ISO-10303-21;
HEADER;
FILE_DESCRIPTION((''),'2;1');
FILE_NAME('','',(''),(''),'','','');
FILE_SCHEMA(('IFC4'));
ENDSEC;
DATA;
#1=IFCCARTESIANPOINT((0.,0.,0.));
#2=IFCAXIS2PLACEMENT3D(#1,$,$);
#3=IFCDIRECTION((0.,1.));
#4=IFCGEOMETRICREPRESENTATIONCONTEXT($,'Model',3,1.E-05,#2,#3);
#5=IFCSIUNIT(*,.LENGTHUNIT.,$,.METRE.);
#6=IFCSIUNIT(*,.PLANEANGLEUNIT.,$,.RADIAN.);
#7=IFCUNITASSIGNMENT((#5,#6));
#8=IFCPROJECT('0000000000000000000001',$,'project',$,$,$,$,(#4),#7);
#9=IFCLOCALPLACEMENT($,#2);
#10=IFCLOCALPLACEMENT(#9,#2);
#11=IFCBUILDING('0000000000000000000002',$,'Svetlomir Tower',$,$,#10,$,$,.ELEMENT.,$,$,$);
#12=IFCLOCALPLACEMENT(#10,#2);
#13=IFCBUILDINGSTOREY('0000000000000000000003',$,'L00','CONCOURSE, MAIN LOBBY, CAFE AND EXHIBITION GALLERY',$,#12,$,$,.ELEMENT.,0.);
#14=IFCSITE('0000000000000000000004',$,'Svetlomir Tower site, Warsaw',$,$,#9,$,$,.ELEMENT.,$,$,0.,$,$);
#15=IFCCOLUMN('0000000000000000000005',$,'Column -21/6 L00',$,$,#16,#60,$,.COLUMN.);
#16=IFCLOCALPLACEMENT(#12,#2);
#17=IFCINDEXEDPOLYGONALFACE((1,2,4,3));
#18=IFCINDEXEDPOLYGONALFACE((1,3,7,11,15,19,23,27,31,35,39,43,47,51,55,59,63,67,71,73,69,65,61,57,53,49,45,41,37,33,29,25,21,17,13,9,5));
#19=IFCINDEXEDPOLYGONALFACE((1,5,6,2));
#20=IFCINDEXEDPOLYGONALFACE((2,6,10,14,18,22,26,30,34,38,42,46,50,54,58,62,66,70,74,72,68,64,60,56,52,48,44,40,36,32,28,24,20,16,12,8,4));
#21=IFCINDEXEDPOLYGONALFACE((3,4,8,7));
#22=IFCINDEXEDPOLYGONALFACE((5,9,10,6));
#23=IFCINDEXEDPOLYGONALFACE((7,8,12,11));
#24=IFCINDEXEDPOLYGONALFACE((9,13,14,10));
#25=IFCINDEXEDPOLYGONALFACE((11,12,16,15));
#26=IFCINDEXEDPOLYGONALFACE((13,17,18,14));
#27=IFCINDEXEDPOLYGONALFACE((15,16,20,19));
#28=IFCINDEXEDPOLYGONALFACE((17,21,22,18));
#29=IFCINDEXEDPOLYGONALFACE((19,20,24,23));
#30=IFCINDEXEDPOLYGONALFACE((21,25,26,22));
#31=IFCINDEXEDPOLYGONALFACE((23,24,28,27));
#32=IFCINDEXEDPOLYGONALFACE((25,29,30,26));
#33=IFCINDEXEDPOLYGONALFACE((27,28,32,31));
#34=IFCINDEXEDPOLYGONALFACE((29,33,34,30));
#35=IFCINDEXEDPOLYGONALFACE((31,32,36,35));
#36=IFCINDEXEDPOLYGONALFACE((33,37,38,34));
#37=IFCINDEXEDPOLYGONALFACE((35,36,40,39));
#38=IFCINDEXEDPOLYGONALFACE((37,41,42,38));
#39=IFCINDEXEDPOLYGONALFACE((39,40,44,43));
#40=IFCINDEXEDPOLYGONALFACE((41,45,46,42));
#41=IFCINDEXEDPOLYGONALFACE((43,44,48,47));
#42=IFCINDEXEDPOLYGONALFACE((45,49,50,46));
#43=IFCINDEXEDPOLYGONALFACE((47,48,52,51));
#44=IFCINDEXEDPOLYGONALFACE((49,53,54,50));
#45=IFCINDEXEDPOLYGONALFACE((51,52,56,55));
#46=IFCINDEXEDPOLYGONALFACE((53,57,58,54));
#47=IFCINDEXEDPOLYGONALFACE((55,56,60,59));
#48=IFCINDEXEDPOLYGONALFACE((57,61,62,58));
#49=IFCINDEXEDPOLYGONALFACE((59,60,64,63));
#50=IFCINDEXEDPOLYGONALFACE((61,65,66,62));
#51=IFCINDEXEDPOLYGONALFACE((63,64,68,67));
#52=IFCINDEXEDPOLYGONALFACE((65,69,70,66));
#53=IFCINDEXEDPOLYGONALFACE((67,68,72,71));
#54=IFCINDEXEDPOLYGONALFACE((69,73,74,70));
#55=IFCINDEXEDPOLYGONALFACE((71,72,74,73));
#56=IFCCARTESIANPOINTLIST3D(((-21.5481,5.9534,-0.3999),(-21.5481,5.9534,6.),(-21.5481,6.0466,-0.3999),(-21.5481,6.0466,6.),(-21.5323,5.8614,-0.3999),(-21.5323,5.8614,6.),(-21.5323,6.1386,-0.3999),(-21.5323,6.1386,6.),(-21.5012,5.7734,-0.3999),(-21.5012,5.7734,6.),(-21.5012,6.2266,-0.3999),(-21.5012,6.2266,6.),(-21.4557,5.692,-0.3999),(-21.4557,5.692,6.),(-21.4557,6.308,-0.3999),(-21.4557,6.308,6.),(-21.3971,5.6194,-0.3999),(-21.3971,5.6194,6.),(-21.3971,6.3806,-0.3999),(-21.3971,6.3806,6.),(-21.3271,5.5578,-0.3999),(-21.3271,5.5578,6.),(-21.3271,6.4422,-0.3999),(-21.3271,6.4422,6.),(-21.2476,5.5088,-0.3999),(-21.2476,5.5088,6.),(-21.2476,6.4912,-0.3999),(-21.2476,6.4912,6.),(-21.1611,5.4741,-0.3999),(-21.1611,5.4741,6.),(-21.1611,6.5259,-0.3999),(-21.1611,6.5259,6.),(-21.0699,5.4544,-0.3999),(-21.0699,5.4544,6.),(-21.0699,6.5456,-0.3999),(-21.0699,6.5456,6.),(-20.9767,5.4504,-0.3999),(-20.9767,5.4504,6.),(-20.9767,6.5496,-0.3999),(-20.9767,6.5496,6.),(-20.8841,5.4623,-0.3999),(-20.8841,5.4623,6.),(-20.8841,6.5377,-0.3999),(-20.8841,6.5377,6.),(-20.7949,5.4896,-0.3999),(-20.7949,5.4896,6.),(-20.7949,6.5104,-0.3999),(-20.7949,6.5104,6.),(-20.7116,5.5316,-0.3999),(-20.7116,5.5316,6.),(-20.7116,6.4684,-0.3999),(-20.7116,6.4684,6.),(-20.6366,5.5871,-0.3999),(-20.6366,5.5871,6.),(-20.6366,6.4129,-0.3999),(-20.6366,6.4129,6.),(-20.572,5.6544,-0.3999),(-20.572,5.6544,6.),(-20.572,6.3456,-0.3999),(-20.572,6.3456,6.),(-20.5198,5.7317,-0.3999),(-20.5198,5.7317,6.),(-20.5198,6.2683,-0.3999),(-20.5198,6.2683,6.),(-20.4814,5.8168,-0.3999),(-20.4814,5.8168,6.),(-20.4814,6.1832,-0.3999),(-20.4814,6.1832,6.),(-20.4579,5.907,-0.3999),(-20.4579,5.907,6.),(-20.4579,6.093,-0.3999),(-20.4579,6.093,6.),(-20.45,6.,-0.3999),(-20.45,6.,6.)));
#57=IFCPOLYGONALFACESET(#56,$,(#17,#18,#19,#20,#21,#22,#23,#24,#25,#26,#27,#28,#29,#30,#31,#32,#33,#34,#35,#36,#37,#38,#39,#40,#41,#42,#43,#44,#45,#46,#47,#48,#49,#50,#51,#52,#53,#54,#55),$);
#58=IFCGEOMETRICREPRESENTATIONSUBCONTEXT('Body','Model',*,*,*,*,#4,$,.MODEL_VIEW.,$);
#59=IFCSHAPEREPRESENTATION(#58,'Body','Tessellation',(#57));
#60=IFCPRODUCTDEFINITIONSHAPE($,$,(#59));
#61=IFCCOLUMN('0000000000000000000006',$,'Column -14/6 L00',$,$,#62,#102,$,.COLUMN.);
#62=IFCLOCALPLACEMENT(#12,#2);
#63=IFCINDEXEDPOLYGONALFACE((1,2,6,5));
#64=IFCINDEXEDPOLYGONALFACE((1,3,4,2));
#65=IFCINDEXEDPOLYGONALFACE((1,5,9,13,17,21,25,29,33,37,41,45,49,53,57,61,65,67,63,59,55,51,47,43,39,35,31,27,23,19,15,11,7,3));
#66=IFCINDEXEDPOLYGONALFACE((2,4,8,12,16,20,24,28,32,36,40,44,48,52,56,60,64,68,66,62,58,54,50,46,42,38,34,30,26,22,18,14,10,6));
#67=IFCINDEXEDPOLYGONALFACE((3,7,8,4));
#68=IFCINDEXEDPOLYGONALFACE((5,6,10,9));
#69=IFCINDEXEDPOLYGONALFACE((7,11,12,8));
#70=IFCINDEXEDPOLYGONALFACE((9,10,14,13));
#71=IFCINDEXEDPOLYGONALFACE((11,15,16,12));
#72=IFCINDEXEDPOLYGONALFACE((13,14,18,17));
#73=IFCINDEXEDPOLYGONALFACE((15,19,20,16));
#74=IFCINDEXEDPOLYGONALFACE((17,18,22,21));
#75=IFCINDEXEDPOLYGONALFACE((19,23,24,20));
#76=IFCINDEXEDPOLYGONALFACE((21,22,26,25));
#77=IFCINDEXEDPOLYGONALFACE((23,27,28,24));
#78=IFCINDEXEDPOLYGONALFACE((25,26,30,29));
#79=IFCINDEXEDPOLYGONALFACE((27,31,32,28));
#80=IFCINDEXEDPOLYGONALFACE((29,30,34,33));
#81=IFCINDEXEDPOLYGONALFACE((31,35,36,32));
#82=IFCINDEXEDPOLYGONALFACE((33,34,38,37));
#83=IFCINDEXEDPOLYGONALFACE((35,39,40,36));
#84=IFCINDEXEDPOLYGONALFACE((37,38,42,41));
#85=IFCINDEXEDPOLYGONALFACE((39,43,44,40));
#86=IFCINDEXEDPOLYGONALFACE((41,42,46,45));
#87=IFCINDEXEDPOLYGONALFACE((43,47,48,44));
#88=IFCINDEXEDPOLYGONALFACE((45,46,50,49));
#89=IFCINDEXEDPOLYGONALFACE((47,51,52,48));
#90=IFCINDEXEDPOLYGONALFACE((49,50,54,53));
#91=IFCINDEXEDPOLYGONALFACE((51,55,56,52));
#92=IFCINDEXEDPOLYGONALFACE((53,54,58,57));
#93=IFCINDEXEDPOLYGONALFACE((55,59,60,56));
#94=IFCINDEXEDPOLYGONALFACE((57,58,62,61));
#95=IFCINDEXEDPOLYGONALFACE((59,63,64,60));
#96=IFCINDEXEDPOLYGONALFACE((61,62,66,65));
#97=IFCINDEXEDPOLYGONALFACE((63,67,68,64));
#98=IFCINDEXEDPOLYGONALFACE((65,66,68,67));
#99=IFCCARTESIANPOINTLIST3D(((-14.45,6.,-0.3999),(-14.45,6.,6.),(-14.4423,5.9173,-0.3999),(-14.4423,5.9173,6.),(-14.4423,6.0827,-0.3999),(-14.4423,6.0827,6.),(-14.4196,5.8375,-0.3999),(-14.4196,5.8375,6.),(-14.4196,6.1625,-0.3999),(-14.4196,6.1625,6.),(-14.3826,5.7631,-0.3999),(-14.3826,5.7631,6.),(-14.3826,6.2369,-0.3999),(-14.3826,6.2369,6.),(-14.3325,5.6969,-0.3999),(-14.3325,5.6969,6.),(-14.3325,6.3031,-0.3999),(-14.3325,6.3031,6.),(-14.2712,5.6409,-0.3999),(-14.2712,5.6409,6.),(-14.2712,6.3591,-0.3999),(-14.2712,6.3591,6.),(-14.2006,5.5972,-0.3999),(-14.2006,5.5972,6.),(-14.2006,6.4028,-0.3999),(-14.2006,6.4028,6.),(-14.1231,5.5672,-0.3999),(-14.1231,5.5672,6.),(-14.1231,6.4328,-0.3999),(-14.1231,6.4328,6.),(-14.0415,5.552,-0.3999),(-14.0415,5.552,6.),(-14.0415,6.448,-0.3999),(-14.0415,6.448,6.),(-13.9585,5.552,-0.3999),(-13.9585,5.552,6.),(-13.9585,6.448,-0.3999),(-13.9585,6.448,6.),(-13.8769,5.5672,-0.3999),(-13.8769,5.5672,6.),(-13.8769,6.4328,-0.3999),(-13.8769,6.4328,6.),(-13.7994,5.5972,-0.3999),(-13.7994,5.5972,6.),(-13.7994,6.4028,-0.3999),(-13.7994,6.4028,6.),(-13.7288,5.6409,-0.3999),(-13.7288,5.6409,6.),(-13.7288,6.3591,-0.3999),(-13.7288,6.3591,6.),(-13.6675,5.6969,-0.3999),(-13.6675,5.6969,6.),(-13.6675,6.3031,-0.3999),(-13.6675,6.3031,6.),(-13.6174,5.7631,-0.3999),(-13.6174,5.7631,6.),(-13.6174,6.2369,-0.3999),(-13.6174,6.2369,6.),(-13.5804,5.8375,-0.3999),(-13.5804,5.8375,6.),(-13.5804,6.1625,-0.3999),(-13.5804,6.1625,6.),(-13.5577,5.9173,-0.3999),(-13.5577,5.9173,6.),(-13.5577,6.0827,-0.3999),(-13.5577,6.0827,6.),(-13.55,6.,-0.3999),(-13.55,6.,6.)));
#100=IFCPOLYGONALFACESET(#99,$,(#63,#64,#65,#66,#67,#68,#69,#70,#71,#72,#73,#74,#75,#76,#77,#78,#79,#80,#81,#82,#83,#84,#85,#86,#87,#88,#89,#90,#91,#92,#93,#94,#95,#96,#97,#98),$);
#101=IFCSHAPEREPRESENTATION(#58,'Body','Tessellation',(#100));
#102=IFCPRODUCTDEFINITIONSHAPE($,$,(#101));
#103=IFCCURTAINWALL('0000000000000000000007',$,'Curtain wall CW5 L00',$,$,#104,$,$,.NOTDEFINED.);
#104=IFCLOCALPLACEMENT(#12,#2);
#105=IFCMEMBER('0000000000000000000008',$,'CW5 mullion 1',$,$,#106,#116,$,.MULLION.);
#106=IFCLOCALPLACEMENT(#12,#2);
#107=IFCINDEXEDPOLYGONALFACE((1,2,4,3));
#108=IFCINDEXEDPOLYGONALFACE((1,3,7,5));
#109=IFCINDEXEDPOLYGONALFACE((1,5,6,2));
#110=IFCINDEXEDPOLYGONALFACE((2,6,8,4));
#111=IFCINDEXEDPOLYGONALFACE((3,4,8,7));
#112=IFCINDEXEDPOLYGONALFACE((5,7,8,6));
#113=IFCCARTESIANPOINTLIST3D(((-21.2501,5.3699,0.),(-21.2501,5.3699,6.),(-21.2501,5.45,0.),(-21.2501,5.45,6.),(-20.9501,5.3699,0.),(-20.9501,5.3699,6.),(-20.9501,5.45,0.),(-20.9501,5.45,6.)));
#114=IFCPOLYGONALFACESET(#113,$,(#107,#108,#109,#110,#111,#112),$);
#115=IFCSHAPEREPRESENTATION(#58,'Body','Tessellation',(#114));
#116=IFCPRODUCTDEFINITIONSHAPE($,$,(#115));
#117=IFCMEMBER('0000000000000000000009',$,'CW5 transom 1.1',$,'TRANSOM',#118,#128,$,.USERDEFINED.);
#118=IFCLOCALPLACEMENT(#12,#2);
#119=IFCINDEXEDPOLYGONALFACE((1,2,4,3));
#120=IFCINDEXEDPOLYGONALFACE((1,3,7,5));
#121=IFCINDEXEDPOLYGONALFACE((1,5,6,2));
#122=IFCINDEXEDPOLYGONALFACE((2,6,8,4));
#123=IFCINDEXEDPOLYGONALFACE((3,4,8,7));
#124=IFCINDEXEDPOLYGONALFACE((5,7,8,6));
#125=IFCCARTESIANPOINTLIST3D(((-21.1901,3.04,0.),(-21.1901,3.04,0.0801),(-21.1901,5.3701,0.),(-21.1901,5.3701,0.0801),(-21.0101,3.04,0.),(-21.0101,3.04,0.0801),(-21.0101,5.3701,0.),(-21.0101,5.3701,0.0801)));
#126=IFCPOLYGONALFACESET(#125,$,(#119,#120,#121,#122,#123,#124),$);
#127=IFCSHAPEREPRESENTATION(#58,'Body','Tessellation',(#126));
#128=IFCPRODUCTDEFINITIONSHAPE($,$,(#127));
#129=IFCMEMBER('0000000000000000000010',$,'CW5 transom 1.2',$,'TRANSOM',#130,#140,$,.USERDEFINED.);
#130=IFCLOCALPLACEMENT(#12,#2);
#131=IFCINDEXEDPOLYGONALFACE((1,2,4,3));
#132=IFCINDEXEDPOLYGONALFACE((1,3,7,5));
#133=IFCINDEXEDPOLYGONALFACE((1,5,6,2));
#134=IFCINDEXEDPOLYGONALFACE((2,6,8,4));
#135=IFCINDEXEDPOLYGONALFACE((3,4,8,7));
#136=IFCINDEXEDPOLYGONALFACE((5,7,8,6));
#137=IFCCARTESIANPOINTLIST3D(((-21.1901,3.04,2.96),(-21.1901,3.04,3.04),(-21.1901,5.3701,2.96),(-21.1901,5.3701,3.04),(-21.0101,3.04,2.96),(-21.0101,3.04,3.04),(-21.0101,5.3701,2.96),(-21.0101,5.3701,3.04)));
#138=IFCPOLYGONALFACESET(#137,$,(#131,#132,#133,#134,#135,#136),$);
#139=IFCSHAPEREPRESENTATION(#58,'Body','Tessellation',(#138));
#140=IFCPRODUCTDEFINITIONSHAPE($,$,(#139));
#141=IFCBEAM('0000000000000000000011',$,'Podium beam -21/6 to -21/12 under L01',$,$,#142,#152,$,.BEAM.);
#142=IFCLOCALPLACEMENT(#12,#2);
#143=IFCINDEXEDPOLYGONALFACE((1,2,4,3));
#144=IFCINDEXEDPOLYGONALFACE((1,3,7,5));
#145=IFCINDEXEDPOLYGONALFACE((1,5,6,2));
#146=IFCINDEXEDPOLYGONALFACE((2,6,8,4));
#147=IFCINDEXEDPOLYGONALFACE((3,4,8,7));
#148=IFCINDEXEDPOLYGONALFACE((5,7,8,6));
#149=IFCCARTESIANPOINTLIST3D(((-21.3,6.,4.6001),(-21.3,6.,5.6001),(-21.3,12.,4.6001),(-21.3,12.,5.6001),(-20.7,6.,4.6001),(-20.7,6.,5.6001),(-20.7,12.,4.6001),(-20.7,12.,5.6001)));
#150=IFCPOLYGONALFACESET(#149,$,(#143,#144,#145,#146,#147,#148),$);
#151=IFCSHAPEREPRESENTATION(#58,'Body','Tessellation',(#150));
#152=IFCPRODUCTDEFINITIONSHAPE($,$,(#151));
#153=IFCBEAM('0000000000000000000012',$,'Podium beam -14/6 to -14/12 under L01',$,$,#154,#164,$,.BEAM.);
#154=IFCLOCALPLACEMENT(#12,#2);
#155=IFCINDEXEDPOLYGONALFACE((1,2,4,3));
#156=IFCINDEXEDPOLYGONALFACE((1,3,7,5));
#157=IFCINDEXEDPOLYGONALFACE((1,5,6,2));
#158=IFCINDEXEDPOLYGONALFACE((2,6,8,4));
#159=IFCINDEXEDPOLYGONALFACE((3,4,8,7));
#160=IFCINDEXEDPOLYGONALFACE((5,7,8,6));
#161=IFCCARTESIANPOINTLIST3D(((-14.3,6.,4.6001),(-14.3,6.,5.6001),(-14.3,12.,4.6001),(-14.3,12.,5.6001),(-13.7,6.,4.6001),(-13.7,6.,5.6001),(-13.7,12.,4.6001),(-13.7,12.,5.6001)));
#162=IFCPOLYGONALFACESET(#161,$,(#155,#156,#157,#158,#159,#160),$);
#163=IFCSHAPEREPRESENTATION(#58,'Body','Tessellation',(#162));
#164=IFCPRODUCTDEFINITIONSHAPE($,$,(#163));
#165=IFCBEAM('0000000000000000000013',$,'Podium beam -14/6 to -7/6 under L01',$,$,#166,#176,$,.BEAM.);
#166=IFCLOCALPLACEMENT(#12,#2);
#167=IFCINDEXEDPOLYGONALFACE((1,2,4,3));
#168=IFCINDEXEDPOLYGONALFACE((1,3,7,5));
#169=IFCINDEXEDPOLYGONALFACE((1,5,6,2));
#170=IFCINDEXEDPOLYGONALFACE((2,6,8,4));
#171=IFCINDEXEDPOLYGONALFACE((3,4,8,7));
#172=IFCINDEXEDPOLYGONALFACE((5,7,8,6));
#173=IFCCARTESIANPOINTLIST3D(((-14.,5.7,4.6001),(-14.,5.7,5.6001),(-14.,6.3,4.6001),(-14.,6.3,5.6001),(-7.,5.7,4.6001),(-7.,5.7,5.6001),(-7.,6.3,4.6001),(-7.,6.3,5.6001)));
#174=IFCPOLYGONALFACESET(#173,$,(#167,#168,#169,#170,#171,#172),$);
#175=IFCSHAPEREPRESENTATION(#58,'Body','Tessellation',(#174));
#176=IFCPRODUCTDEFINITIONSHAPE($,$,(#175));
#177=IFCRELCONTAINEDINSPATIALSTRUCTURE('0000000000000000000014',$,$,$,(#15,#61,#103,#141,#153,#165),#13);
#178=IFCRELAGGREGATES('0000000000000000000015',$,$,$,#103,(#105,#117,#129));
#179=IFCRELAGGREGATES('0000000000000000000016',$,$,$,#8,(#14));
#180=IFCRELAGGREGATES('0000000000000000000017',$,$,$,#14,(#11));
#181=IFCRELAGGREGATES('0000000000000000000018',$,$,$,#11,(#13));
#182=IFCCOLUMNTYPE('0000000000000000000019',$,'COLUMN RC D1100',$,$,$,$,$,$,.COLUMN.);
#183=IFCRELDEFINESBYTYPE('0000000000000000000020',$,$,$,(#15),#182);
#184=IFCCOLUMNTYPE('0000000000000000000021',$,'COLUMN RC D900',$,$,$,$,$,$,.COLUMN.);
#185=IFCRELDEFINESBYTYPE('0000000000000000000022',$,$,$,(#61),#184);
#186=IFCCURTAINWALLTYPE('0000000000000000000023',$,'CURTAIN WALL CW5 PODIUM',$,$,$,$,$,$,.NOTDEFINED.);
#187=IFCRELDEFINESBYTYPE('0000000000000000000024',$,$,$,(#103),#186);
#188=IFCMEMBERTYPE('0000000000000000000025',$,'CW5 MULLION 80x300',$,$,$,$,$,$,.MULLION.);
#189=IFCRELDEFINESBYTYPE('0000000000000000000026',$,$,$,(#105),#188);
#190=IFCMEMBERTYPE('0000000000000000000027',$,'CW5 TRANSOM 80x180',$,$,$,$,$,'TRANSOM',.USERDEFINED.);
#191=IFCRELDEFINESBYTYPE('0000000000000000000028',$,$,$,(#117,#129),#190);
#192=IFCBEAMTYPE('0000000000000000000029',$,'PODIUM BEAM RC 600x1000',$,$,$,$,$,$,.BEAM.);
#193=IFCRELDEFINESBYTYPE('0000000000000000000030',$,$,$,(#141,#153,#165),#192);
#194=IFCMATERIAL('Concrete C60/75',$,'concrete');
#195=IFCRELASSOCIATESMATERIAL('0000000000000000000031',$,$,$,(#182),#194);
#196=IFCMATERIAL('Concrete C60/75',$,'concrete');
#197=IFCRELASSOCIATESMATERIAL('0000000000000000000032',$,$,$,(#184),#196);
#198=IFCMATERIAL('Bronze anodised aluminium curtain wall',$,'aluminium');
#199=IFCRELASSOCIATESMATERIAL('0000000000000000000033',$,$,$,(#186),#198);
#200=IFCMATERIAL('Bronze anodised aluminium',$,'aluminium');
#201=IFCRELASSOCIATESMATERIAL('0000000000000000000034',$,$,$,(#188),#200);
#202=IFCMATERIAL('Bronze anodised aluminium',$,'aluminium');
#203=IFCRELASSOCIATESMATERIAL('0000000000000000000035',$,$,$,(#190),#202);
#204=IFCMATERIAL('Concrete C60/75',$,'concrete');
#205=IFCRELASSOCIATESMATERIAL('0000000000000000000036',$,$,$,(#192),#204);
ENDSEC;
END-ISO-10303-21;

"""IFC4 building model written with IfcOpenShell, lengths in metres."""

from ifc_helpers import new_model, si_unit, direction, frame, origin, origin_2d, place, context, subcontext, project, spatial, rectangle, circle, extrude, material, material_profile, profile_set, type_object, element, aggregate, save


model = new_model("IFC4")

# Units and contexts
model_context = context("Model", 3, precision=1e-05, world=origin(), true_north=direction((0.0, 1.0)))
body_context = subcontext(model_context, "Body", "Model", "MODEL_VIEW")
ifc_project = project(units=[si_unit("LENGTHUNIT", "METRE"), si_unit("PLANEANGLEUNIT", "RADIAN")], contexts=[model_context])

# Site, building, storey
site_placement = place(None, origin())
site = spatial("IfcSite", under=ifc_project, at=site_placement, Name="Svetlomir Tower site, Warsaw", CompositionType="ELEMENT", RefElevation=0.0)
building_placement = place(site_placement, origin())
building = spatial("IfcBuilding", under=site, at=building_placement, Name="Svetlomir Tower", CompositionType="ELEMENT")
storey_placement = place(building_placement, origin())
storey = spatial("IfcBuildingStorey", under=building, at=storey_placement, Name="L00", Description="CONCOURSE, MAIN LOBBY, CAFE AND EXHIBITION GALLERY", CompositionType="ELEMENT", Elevation=0.0)

# Columns
ifc_material_1 = material(Name="Concrete C60/75", Category="concrete")
ifc_material_profile_1 = material_profile(ifc_material_1, circle(Radius=0.55, at=origin_2d()), Name="RC D1100")
ifc_profile_set_1 = profile_set([ifc_material_profile_1], Name="Concrete C60/75")
column_type_1 = type_object("IfcColumnType", Name="COLUMN RC D1100", PredefinedType="COLUMN", material=ifc_profile_set_1)
column_1_placement = place(storey_placement, frame((-21.0, 6.0, -0.3999), z_axis=(0.0, 0.0, 1.0), x_axis=(1.0, 0.0, 0.0)))
element("IfcColumn", 1, at=column_1_placement, inside=storey, type_object=column_type_1, Name="Column -21/6 L00", PredefinedType="COLUMN", context=body_context, shape_type="SweptSolid", body=[
    extrude(circle(Radius=0.55, at=origin_2d()), origin(), (0.0, 0.0, 1.0), 6.3999),
])
ifc_material_2 = material(Name="Concrete C60/75", Category="concrete")
ifc_material_profile_2 = material_profile(ifc_material_2, circle(Radius=0.45, at=origin_2d()), Name="RC D900")
ifc_profile_set_2 = profile_set([ifc_material_profile_2], Name="Concrete C60/75")
column_type_2 = type_object("IfcColumnType", Name="COLUMN RC D900", PredefinedType="COLUMN", material=ifc_profile_set_2)
column_2_placement = place(storey_placement, frame((-14.0, 6.0, -0.3999), z_axis=(0.0, 0.0, 1.0), x_axis=(1.0, 0.0, 0.0)))
element("IfcColumn", 2, at=column_2_placement, inside=storey, type_object=column_type_2, Name="Column -14/6 L00", PredefinedType="COLUMN", context=body_context, shape_type="SweptSolid", body=[
    extrude(circle(Radius=0.45, at=origin_2d()), origin(), (0.0, 0.0, 1.0), 6.3999),
])

# Curtain wall, members
ifc_material_3 = material(Name="Bronze anodised aluminium curtain wall", Category="aluminium")
curtain_wall_type = type_object("IfcCurtainWallType", Name="CURTAIN WALL CW5 PODIUM", PredefinedType="NOTDEFINED", material=ifc_material_3)
curtain_wall_placement = place(storey_placement, origin())
curtain_wall = element("IfcCurtainWall", 3, at=curtain_wall_placement, inside=storey, type_object=curtain_wall_type, Name="Curtain wall CW5 L00", PredefinedType="NOTDEFINED")
ifc_material_4 = material(Name="Bronze anodised aluminium", Category="aluminium")
ifc_material_profile_3 = material_profile(ifc_material_4, rectangle(XDim=0.0801, YDim=0.3, at=origin_2d()), Name="AL 80x300")
ifc_profile_set_3 = profile_set([ifc_material_profile_3], Name="Bronze anodised aluminium 6063-T6")
member_type_1 = type_object("IfcMemberType", Name="CW5 MULLION 80x300", PredefinedType="MULLION", material=ifc_profile_set_3)
member_1_placement = place(storey_placement, frame((-21.1001, 5.4099, 0.0), z_axis=(0.0, 0.0, 1.0), x_axis=(0.0, -1.0, 0.0)))
member_1 = element("IfcMember", 4, at=member_1_placement, type_object=member_type_1, Name="CW5 mullion 1", PredefinedType="MULLION", context=body_context, shape_type="SweptSolid", body=[
    extrude(rectangle(XDim=0.0801, YDim=0.3, at=origin_2d()), origin(), (0.0, 0.0, 1.0), 6.0),
])
ifc_material_5 = material(Name="Bronze anodised aluminium", Category="aluminium")
ifc_material_profile_4 = material_profile(ifc_material_5, rectangle(XDim=0.1799, YDim=0.0801, at=origin_2d()), Name="AL 180x80")
ifc_profile_set_4 = profile_set([ifc_material_profile_4], Name="Bronze anodised aluminium 6063-T6")
member_type_2 = type_object("IfcMemberType", Name="CW5 TRANSOM 80x180", ElementType="TRANSOM", PredefinedType="USERDEFINED", material=ifc_profile_set_4)
member_2_placement = place(storey_placement, frame((-21.1001, 5.3701, 0.04), z_axis=(0.0, -1.0, 0.0), x_axis=(1.0, 0.0, 0.0)))
member_2 = element("IfcMember", 5, at=member_2_placement, type_object=member_type_2, Name="CW5 transom 1.1", ObjectType="TRANSOM", PredefinedType="USERDEFINED", context=body_context, shape_type="SweptSolid", body=[
    extrude(rectangle(XDim=0.1799, YDim=0.0801, at=origin_2d()), origin(), (0.0, 0.0, 1.0), 2.3301),
])
member_3_placement = place(storey_placement, frame((-21.1001, 5.3701, 3.0), z_axis=(0.0, -1.0, 0.0), x_axis=(1.0, 0.0, 0.0)))
member_3 = element("IfcMember", 6, at=member_3_placement, type_object=member_type_2, Name="CW5 transom 1.2", ObjectType="TRANSOM", PredefinedType="USERDEFINED", context=body_context, shape_type="SweptSolid", body=[
    extrude(rectangle(XDim=0.1799, YDim=0.0801, at=origin_2d()), origin(), (0.0, 0.0, 1.0), 2.3301),
])
aggregate(curtain_wall, [member_1, member_2, member_3])

# Beams
ifc_material_6 = material(Name="Concrete C60/75", Category="concrete")
ifc_material_profile_5 = material_profile(ifc_material_6, rectangle(XDim=0.6001, YDim=1.0, at=origin_2d()), Name="RC 600x1000")
ifc_profile_set_5 = profile_set([ifc_material_profile_5], Name="Concrete C60/75")
beam_type = type_object("IfcBeamType", Name="PODIUM BEAM RC 600x1000", PredefinedType="BEAM", material=ifc_profile_set_5)
for number, where, z_axis, x_axis, name in (
    (7, (-21.0, 6.0, 5.1001), (0.0, 1.0, 0.0), (-1.0, 0.0, 0.0), "Podium beam -21/6 to -21/12 under L01"),
    (8, (-14.0, 6.0, 5.1001), (0.0, 1.0, 0.0), (-1.0, 0.0, 0.0), "Podium beam -14/6 to -14/12 under L01"),
):
    element("IfcBeam", number, at=place(storey_placement, frame(where, z_axis=z_axis, x_axis=x_axis)), inside=storey, type_object=beam_type, Name=name, PredefinedType="BEAM", context=body_context, shape_type="SweptSolid", body=[
        extrude(rectangle(XDim=0.6001, YDim=1.0, at=origin_2d()), origin(), (0.0, 0.0, 1.0), 6.0),
    ])
beam_placement = place(storey_placement, frame((-14.0, 6.0, 5.1001), z_axis=(1.0, 0.0, 0.0), x_axis=(0.0, 1.0, 0.0)))
element("IfcBeam", 9, at=beam_placement, inside=storey, type_object=beam_type, Name="Podium beam -14/6 to -7/6 under L01", PredefinedType="BEAM", context=body_context, shape_type="SweptSolid", body=[
    extrude(rectangle(XDim=0.6001, YDim=1.0, at=origin_2d()), origin(), (0.0, 0.0, 1.0), 7.0),
])

save(model, "model.ifc")
